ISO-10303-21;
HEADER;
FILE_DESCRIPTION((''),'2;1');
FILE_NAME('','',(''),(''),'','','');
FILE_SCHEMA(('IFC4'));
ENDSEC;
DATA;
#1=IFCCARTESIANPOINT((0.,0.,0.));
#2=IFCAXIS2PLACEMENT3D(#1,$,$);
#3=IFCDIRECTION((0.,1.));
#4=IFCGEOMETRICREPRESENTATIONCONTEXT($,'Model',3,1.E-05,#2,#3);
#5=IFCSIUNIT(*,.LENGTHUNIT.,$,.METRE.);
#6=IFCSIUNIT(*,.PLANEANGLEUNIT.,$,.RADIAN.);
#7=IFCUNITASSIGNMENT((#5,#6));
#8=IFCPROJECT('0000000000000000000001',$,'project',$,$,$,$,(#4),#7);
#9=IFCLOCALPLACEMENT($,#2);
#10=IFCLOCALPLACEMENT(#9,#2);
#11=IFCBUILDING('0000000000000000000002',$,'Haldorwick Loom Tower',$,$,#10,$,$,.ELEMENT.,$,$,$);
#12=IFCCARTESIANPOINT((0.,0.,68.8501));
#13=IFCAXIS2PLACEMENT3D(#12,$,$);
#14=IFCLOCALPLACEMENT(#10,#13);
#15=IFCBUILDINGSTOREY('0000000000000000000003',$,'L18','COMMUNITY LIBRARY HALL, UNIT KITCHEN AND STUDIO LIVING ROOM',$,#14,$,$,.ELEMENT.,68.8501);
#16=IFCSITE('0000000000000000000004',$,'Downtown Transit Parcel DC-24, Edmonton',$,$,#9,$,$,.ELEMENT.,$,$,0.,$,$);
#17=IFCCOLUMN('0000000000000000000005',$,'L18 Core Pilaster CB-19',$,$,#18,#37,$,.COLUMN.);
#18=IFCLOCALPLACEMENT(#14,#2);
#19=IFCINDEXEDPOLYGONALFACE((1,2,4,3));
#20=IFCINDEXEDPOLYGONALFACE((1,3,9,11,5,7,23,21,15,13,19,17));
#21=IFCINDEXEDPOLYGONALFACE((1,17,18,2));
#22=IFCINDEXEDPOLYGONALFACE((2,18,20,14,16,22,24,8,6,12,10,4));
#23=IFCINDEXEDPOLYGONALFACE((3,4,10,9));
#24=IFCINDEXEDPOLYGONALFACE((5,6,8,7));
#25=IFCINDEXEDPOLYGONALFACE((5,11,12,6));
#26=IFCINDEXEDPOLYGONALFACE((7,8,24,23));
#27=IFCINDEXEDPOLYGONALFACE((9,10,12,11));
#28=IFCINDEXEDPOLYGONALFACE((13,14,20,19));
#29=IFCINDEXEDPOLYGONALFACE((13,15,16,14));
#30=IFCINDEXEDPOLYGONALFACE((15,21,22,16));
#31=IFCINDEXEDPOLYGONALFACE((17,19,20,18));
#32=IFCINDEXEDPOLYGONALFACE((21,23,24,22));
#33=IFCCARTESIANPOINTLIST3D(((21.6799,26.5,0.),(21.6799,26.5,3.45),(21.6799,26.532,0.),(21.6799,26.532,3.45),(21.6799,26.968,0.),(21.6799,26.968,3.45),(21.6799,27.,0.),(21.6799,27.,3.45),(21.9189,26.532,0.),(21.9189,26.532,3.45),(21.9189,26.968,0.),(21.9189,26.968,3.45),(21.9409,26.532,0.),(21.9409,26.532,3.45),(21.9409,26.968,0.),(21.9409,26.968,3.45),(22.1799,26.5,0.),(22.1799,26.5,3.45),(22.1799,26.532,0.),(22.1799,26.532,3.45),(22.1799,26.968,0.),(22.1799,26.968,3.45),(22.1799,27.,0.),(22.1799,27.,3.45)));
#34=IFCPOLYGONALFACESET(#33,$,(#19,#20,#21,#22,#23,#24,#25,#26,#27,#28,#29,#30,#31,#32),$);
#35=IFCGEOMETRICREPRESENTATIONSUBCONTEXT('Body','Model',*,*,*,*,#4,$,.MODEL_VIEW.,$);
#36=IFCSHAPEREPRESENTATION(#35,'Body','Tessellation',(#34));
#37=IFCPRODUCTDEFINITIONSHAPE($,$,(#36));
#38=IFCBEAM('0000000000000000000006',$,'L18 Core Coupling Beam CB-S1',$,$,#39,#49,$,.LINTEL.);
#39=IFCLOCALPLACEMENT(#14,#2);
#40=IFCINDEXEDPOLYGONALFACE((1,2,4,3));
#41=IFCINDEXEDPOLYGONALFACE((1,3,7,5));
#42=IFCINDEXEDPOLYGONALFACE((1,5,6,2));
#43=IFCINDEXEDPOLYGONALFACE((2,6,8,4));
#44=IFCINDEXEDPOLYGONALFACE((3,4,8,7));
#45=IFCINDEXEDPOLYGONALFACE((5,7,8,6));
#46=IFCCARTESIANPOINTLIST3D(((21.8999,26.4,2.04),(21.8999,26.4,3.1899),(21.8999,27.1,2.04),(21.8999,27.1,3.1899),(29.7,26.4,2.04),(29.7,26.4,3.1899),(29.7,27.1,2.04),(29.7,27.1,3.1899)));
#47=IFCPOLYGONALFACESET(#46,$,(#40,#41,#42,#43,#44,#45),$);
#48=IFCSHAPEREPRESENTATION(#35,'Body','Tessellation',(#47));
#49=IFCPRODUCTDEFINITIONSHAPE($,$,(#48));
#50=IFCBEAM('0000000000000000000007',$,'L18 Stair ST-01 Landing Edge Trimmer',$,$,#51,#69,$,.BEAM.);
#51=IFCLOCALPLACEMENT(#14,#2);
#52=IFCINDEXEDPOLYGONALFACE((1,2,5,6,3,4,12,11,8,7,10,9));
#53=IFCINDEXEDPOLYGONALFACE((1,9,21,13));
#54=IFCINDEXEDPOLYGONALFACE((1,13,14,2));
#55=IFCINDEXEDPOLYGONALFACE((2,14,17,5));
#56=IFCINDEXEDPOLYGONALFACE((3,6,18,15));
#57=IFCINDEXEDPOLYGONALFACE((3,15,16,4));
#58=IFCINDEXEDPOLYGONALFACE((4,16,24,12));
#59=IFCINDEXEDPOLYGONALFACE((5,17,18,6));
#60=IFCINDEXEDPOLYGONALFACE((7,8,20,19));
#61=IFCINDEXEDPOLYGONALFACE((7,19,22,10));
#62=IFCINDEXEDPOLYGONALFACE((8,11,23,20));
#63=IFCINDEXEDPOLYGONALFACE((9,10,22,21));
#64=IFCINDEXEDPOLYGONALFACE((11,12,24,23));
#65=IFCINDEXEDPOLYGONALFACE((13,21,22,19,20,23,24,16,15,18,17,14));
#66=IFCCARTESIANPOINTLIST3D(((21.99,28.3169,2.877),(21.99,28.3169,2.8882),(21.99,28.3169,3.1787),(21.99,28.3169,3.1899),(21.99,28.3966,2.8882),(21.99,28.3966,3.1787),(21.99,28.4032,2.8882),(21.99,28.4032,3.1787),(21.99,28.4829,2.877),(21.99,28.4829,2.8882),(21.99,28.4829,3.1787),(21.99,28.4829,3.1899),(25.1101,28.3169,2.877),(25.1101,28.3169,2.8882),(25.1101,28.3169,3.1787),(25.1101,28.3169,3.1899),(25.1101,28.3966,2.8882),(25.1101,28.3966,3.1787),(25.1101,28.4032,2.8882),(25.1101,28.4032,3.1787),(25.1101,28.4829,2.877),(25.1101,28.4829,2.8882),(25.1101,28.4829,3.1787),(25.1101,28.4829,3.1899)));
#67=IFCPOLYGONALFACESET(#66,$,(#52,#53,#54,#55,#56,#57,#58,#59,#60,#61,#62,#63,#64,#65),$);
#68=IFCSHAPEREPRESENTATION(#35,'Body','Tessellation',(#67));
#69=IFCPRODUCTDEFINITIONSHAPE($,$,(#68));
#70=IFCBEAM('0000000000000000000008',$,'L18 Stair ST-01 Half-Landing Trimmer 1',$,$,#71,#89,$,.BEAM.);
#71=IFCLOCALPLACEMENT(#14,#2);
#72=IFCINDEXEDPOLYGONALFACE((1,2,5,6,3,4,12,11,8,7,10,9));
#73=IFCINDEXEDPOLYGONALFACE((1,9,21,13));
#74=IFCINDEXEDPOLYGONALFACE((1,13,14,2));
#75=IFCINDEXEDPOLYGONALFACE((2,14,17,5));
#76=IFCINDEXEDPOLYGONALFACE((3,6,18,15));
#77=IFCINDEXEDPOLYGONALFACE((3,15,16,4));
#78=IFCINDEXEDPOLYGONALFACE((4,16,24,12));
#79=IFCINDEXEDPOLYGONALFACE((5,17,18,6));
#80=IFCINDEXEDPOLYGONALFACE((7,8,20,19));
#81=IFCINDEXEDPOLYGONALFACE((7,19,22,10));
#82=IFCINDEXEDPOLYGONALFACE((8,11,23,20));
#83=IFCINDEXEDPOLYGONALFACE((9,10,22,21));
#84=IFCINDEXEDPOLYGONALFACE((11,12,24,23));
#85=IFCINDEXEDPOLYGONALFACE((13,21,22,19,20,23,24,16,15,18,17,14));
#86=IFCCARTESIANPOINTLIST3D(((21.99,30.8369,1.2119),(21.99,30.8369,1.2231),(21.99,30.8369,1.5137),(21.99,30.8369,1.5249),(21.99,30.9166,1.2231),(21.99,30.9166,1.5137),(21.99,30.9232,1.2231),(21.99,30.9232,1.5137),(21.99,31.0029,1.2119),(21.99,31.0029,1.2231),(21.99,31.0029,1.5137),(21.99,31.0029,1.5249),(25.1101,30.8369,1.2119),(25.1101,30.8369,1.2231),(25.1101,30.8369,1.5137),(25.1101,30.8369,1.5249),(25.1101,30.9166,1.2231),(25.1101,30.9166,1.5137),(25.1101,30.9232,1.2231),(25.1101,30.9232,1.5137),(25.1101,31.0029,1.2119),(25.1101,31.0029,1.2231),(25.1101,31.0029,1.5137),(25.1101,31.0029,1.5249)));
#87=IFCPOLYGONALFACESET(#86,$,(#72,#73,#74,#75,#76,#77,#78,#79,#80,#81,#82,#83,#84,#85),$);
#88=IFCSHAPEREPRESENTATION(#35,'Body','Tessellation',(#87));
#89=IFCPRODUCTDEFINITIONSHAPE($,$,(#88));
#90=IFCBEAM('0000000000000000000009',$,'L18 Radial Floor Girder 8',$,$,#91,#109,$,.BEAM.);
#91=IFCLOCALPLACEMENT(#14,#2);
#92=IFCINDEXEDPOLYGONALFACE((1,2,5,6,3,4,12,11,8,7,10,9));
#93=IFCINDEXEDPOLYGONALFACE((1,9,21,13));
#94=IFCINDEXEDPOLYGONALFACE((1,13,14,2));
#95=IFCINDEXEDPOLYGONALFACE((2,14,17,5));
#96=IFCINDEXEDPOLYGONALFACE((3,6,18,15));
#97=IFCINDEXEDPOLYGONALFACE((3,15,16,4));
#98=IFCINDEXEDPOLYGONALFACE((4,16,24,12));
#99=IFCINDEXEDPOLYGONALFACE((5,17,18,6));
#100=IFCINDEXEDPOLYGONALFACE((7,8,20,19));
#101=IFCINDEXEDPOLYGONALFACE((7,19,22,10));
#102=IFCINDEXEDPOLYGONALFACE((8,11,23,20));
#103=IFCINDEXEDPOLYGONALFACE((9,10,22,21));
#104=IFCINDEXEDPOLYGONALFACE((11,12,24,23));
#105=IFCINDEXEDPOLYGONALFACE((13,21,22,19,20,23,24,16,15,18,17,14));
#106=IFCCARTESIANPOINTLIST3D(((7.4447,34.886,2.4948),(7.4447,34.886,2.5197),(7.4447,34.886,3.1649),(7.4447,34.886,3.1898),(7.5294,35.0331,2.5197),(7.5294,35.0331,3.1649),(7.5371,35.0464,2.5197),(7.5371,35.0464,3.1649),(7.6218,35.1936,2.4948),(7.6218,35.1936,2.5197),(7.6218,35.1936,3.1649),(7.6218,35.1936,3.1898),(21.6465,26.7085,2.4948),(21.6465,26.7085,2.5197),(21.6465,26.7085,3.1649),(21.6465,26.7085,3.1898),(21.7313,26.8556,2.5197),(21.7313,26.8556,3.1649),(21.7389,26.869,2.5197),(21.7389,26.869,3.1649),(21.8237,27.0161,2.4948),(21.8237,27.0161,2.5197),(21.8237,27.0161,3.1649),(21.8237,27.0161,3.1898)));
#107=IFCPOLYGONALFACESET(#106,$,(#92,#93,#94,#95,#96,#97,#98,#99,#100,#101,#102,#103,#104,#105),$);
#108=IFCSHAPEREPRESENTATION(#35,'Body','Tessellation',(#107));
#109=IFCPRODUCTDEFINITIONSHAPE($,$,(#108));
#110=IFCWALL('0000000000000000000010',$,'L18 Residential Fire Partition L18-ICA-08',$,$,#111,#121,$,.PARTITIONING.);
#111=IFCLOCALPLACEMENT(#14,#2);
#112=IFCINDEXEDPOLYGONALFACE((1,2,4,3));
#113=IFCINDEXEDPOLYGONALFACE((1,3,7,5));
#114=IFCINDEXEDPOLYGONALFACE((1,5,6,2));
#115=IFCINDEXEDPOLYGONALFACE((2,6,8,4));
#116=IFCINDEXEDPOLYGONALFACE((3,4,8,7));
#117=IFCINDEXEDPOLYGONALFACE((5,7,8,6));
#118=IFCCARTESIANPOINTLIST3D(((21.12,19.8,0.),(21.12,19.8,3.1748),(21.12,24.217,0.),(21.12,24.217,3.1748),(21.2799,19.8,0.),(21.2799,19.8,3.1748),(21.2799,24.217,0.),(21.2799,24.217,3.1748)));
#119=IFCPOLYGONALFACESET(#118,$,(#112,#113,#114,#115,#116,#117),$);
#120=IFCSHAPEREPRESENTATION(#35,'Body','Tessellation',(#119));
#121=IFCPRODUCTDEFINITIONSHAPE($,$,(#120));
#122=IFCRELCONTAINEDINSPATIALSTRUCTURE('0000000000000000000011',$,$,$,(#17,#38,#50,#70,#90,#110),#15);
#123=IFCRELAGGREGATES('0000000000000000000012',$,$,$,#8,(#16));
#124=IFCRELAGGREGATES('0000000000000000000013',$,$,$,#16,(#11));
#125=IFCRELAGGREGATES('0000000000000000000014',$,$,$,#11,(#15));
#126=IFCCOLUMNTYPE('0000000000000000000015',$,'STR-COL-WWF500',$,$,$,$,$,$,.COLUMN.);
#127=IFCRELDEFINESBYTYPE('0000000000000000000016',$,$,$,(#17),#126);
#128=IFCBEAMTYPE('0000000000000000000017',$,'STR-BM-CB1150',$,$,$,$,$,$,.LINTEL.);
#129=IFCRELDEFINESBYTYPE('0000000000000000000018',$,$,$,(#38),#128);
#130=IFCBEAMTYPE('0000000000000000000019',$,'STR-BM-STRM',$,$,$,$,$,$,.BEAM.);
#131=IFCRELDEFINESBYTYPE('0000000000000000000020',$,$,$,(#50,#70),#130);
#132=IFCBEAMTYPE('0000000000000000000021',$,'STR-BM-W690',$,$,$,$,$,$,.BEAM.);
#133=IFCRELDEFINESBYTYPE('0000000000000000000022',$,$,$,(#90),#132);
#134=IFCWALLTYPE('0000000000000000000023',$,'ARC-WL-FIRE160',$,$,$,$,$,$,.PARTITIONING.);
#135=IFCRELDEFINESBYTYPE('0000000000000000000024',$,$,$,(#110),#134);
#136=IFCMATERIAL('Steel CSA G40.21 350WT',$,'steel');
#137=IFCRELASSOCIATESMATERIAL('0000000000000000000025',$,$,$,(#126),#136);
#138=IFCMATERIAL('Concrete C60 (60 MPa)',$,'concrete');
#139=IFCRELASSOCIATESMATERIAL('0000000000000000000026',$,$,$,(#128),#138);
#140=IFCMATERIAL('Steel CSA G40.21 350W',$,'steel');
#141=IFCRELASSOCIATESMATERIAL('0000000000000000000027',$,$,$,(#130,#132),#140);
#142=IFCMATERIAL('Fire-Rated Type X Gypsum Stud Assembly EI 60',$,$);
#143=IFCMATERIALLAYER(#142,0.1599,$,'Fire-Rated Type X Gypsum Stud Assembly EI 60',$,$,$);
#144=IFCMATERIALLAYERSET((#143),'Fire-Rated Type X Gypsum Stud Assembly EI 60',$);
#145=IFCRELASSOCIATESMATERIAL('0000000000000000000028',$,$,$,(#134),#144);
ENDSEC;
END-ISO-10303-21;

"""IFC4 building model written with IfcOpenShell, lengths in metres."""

from ifc_helpers import new_model, si_unit, direction, frame, frame_2d, origin, origin_2d, place, context, subcontext, project, spatial, rectangle, i_section, extrude, material, layer, layer_set, material_profile, profile_set, type_object, element, save


model = new_model("IFC4")

# Units and contexts
model_context = context("Model", 3, precision=1e-05, world=origin(), true_north=direction((0.0, 1.0)))
body_context = subcontext(model_context, "Body", "Model", "MODEL_VIEW")
ifc_project = project(units=[si_unit("LENGTHUNIT", "METRE"), si_unit("PLANEANGLEUNIT", "RADIAN")], contexts=[model_context])

# Site, building, storey
site_placement = place(None, origin())
site = spatial("IfcSite", under=ifc_project, at=site_placement, Name="Downtown Transit Parcel DC-24, Edmonton", CompositionType="ELEMENT", RefElevation=0.0)
building_placement = place(site_placement, origin())
building = spatial("IfcBuilding", under=site, at=building_placement, Name="Haldorwick Loom Tower", CompositionType="ELEMENT")
storey_placement = place(building_placement, frame((0.0, 0.0, 68.8501)))
storey = spatial("IfcBuildingStorey", under=building, at=storey_placement, Name="L18", Description="COMMUNITY LIBRARY HALL, UNIT KITCHEN AND STUDIO LIVING ROOM", CompositionType="ELEMENT", Elevation=68.8501)

# Column
ifc_material_1 = material(Name="Steel CSA G40.21 350WT", Category="steel")
ifc_material_profile_1 = material_profile(ifc_material_1, i_section(OverallWidth=0.5, OverallDepth=0.5, WebThickness=0.022, FlangeThickness=0.032, at=origin_2d()), Name="WWF500X500", Category="steel")
ifc_profile_set_1 = profile_set([ifc_material_profile_1], Name="Steel CSA G40.21 350WT")
column_type = type_object("IfcColumnType", Name="STR-COL-WWF500", PredefinedType="COLUMN", material=ifc_profile_set_1)
column_placement = place(storey_placement, frame((21.9299, 26.75, 0.0), z_axis=(0.0, 0.0, 1.0), x_axis=(1.0, 0.0, 0.0)))
element("IfcColumn", 1, at=column_placement, inside=storey, type_object=column_type, Name="L18 Core Pilaster CB-19", PredefinedType="COLUMN", context=body_context, shape_type="SweptSolid", body=[
    extrude(i_section(OverallWidth=0.5, OverallDepth=0.5, WebThickness=0.022, FlangeThickness=0.032, at=origin_2d()), origin(), (0.0, 0.0, 1.0), 3.45),
])

# Beams
ifc_material_2 = material(Name="Concrete C60 (60 MPa)", Category="concrete")
ifc_material_profile_2 = material_profile(ifc_material_2, rectangle(XDim=0.7, YDim=1.1499, at=origin_2d()), Name="RC700X1150", Category="concrete")
ifc_profile_set_2 = profile_set([ifc_material_profile_2], Name="Concrete C60 (60 MPa)")
beam_type_1 = type_object("IfcBeamType", Name="STR-BM-CB1150", PredefinedType="LINTEL", material=ifc_profile_set_2)
beam_1_placement = place(storey_placement, frame((21.8999, 26.75, 2.615), z_axis=(1.0, 0.0, 0.0), x_axis=(0.0, 1.0, 0.0)))
element("IfcBeam", 2, at=beam_1_placement, inside=storey, type_object=beam_type_1, Name="L18 Core Coupling Beam CB-S1", PredefinedType="LINTEL", context=body_context, shape_type="SweptSolid", body=[
    extrude(rectangle(XDim=0.7, YDim=1.1499, at=origin_2d()), origin(), (0.0, 0.0, 1.0), 7.8),
])
ifc_material_3 = material(Name="Steel CSA G40.21 350W", Category="steel")
ifc_material_profile_3 = material_profile(ifc_material_3, i_section(OverallWidth=0.166, OverallDepth=0.313, WebThickness=0.0066, FlangeThickness=0.0112, at=origin_2d()), Name="W310X45", Category="steel")
ifc_profile_set_3 = profile_set([ifc_material_profile_3], Name="Steel CSA G40.21 350W")
beam_type_2 = type_object("IfcBeamType", Name="STR-BM-STRM", PredefinedType="BEAM", material=ifc_profile_set_3)
for number, where, z_axis, x_axis, name in (
    (3, (21.99, 28.3999, 3.0334), (1.0, 0.0, 0.0), (0.0, 1.0, 0.0), "L18 Stair ST-01 Landing Edge Trimmer"),
    (4, (21.99, 30.9199, 1.3684), (1.0, 0.0, 0.0), (0.0, 1.0, 0.0), "L18 Stair ST-01 Half-Landing Trimmer 1"),
):
    element("IfcBeam", number, at=place(storey_placement, frame(where, z_axis=z_axis, x_axis=x_axis)), inside=storey, type_object=beam_type_2, Name=name, PredefinedType="BEAM", context=body_context, shape_type="SweptSolid", body=[
        extrude(i_section(OverallWidth=0.166, OverallDepth=0.313, WebThickness=0.0066, FlangeThickness=0.0112, at=origin_2d()), origin(), (0.0, 0.0, 1.0), 3.1201),
    ])
ifc_material_profile_4 = material_profile(ifc_material_3, i_section(OverallWidth=0.355, OverallDepth=0.6951, WebThickness=0.0154, FlangeThickness=0.0249, at=origin_2d()), Name="W690X217", Category="steel")
ifc_profile_set_4 = profile_set([ifc_material_profile_4], Name="Steel CSA G40.21 350W")
beam_type_3 = type_object("IfcBeamType", Name="STR-BM-W690", PredefinedType="BEAM", material=ifc_profile_set_4)
beam_2_placement = place(storey_placement, frame((21.7351, 26.8623, 2.8423), z_axis=(-0.866606, 0.498994, 0.0), x_axis=(-0.498994, -0.866606, 0.0)))
element("IfcBeam", 5, at=beam_2_placement, inside=storey, type_object=beam_type_3, Name="L18 Radial Floor Girder 8", PredefinedType="BEAM", context=body_context, shape_type="SweptSolid", body=[
    extrude(i_section(OverallWidth=0.355, OverallDepth=0.6951, WebThickness=0.0154, FlangeThickness=0.0249, at=origin_2d()), origin(), (0.0, 0.0, 1.0), 16.3879),
])

# Wall
ifc_material_4 = material(Name="Fire-Rated Type X Gypsum Stud Assembly EI 60")
ifc_layer_1 = layer(ifc_material_4, 0.1599, Name="Fire-Rated Type X Gypsum Stud Assembly EI 60")
ifc_layer_set_1 = layer_set([ifc_layer_1], Name="Fire-Rated Type X Gypsum Stud Assembly EI 60")
wall_type_1 = type_object("IfcWallType", Name="ARC-WL-FIRE160", PredefinedType="PARTITIONING", material=ifc_layer_set_1)
wall_1_placement = place(storey_placement, frame((21.2, 24.217, 0.0), z_axis=(0.0, 0.0, 1.0), x_axis=(0.0, -1.0, 0.0)))
element("IfcWall", 6, at=wall_1_placement, inside=storey, type_object=wall_type_1, Name="L18 Residential Fire Partition L18-ICA-08", PredefinedType="PARTITIONING", context=body_context, shape_type="SweptSolid", body=[
    extrude(rectangle(XDim=4.417, YDim=0.1599, at=frame_2d((2.2085, 0.0))), origin(), (0.0, 0.0, 1.0), 3.1748),
])

save(model, "model.ifc")
